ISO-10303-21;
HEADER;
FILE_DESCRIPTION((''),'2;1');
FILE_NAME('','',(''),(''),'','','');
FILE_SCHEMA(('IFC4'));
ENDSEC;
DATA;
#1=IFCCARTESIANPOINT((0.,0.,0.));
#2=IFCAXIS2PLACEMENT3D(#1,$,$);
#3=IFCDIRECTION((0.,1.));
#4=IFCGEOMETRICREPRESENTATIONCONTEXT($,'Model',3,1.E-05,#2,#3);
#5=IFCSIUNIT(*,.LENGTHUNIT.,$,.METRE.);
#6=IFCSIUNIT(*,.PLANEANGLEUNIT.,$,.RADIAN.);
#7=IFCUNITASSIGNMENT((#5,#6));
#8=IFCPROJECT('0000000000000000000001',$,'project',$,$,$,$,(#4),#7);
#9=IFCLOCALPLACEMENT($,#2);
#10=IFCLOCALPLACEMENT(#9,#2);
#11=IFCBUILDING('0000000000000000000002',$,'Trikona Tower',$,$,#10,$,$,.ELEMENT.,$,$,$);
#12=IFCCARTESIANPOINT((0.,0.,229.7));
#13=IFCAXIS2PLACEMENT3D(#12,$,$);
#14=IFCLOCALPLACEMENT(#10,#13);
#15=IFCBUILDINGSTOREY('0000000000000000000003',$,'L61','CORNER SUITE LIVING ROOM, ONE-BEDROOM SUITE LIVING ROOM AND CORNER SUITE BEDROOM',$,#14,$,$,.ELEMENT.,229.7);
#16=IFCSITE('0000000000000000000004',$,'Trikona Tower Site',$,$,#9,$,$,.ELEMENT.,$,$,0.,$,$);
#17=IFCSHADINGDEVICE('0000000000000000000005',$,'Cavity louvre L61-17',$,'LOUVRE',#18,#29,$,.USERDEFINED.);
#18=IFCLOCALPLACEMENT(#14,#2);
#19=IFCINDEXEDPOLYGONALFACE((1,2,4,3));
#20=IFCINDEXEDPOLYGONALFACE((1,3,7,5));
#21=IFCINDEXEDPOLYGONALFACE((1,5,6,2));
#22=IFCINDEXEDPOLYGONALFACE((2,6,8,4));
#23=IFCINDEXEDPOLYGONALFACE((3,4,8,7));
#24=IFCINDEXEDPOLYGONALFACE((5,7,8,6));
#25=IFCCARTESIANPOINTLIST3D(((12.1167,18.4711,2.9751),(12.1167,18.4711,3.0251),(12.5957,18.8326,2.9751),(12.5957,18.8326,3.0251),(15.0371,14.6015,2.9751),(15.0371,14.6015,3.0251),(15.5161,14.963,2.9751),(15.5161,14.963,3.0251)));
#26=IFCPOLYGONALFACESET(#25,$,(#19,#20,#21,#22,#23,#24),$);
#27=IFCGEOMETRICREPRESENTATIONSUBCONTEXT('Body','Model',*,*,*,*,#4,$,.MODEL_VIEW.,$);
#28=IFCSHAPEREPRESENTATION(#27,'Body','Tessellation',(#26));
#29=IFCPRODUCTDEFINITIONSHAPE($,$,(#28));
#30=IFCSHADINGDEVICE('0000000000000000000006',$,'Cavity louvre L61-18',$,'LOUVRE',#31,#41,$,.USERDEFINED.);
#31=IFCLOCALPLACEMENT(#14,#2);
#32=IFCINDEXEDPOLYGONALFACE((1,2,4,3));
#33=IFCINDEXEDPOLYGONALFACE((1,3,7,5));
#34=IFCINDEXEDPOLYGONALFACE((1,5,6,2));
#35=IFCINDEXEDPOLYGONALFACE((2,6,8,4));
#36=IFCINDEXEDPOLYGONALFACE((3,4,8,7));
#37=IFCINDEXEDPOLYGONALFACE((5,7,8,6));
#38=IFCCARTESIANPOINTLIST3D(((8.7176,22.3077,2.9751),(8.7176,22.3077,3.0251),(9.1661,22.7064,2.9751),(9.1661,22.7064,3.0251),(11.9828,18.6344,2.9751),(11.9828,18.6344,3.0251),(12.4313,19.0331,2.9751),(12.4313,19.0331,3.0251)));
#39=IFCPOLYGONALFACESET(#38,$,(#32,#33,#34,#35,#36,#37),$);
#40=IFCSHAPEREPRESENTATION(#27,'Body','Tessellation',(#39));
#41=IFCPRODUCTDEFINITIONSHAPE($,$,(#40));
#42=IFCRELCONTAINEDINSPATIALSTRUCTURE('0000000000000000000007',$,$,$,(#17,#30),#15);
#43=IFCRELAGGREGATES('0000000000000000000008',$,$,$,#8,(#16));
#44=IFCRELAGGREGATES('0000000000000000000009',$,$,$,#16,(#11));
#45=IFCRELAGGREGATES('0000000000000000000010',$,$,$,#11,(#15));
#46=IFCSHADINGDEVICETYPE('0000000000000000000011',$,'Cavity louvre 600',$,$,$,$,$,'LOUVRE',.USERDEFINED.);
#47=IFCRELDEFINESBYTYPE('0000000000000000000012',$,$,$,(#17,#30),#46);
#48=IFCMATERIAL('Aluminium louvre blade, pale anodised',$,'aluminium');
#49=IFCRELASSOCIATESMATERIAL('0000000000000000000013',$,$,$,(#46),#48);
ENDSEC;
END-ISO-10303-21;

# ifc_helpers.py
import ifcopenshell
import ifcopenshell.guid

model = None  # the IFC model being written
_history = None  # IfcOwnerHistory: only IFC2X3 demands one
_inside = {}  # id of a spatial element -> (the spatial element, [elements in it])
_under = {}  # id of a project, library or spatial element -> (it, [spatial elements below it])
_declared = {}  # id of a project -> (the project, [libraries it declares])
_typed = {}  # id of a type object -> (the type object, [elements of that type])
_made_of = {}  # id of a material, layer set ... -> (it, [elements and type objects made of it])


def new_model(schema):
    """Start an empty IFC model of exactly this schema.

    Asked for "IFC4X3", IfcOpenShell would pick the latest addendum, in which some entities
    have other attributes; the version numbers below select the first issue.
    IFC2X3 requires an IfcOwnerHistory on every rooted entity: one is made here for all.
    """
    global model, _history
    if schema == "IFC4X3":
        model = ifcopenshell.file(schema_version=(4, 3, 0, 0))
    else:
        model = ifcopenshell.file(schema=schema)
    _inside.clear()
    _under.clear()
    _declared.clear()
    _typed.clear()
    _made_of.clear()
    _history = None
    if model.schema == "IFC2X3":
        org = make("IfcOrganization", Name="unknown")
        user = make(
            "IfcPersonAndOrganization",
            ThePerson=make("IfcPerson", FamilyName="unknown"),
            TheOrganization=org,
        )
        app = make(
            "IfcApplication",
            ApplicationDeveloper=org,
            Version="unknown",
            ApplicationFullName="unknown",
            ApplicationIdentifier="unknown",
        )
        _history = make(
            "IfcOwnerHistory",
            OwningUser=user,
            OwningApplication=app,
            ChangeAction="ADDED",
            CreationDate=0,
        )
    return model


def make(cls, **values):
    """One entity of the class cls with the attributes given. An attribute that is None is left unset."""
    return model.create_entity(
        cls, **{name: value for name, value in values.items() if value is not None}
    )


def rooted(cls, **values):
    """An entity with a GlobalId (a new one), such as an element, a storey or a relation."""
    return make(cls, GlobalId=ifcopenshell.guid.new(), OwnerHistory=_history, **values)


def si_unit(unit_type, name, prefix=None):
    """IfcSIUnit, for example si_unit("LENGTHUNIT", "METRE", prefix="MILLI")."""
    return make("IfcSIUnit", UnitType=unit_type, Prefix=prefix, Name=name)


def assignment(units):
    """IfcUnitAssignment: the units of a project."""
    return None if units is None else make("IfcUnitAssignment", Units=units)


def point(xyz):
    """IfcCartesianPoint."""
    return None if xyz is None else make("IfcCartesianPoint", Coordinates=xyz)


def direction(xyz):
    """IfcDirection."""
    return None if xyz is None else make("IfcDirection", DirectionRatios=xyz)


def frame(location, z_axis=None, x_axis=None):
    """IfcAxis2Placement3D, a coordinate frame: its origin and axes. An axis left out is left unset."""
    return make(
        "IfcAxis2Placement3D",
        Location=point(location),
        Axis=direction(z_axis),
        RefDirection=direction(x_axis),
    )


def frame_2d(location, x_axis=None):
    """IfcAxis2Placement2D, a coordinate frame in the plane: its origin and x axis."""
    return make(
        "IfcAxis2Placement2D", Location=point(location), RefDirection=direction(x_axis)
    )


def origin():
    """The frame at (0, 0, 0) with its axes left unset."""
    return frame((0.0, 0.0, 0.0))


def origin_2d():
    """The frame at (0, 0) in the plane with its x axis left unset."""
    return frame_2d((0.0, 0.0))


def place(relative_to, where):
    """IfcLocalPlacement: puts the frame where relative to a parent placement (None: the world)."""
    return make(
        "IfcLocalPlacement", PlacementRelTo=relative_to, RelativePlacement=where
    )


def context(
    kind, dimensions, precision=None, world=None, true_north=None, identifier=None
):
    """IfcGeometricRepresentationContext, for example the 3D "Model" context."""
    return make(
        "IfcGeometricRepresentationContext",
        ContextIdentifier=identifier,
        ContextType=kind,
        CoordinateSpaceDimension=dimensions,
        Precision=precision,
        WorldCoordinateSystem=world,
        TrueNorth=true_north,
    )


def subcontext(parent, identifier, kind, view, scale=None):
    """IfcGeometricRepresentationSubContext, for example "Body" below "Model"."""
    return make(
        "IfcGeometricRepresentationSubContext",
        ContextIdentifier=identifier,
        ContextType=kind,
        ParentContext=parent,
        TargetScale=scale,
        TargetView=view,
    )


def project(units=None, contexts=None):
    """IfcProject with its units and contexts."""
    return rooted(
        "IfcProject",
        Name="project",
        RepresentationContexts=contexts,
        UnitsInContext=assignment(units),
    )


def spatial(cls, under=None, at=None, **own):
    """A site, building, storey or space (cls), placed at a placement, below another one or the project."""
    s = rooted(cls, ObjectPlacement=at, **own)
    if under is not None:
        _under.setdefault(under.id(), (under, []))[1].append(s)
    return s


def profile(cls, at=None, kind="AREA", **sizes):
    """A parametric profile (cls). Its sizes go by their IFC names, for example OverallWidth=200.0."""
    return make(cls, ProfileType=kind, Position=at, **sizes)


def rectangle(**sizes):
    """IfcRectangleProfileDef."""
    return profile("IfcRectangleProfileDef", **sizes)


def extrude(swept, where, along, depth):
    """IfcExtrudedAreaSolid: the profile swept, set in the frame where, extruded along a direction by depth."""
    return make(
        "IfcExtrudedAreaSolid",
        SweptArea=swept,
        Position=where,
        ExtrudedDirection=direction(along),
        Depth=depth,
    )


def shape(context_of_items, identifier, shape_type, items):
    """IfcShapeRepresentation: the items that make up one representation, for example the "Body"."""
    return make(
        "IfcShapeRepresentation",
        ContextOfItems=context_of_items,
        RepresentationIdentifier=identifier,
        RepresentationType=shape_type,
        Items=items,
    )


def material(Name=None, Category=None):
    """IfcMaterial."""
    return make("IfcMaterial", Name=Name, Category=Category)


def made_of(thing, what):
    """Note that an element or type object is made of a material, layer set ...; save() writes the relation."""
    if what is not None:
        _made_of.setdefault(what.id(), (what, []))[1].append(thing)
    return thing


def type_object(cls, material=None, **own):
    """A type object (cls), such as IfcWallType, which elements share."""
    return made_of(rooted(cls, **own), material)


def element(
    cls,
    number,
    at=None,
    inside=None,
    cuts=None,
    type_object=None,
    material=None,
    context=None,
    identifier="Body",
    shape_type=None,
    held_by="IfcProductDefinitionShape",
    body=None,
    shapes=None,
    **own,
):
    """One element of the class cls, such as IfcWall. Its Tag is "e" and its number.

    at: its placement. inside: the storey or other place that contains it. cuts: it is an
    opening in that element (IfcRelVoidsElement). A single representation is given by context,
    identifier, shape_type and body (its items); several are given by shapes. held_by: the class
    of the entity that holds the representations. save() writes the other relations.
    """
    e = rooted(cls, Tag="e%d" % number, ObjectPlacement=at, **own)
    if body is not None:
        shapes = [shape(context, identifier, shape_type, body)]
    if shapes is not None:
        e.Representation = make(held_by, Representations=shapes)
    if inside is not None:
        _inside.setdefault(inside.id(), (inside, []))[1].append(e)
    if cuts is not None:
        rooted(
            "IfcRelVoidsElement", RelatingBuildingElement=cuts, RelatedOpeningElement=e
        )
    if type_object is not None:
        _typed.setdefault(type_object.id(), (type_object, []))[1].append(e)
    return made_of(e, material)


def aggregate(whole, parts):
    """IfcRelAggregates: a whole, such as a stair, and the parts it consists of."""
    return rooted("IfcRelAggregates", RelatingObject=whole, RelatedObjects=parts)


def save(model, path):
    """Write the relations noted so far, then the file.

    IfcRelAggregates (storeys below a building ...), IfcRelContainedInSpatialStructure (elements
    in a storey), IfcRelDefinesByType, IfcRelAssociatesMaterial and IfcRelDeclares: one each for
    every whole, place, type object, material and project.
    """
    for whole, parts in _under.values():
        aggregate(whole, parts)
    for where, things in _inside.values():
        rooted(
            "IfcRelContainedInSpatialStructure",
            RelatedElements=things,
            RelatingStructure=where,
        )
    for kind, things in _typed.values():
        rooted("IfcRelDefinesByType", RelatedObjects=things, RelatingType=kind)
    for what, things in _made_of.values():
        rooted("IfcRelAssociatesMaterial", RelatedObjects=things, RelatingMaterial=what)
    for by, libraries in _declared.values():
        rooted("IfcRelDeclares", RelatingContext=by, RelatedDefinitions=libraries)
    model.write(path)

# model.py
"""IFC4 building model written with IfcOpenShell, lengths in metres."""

from ifc_helpers import new_model, si_unit, direction, frame, origin, origin_2d, place, context, subcontext, project, spatial, rectangle, extrude, material, type_object, element, save


model = new_model("IFC4")

# Units and contexts
model_context = context("Model", 3, precision=1e-05, world=origin(), true_north=direction((0.0, 1.0)))
body_context = subcontext(model_context, "Body", "Model", "MODEL_VIEW")
ifc_project = project(units=[si_unit("LENGTHUNIT", "METRE"), si_unit("PLANEANGLEUNIT", "RADIAN")], contexts=[model_context])

# Site, building, storey
site_placement = place(None, origin())
site = spatial("IfcSite", under=ifc_project, at=site_placement, Name="Trikona Tower Site", CompositionType="ELEMENT", RefElevation=0.0)
building_placement = place(site_placement, origin())
building = spatial("IfcBuilding", under=site, at=building_placement, Name="Trikona Tower", CompositionType="ELEMENT")
storey_placement = place(building_placement, frame((0.0, 0.0, 229.7)))
storey = spatial("IfcBuildingStorey", under=building, at=storey_placement, Name="L61", Description="CORNER SUITE LIVING ROOM, ONE-BEDROOM SUITE LIVING ROOM AND CORNER SUITE BEDROOM", CompositionType="ELEMENT", Elevation=229.7)

# Shading devices
ifc_material_1 = material(Name="Aluminium louvre blade, pale anodised", Category="aluminium")
shading_device_type = type_object("IfcShadingDeviceType", Name="Cavity louvre 600", ElementType="LOUVRE", PredefinedType="USERDEFINED", material=ifc_material_1)
shading_device_1_placement = place(storey_placement, frame((13.8164, 16.717, 2.9751), z_axis=(0.0, 0.0, 1.0), x_axis=(-0.602402, 0.798193, 0.0)))
element("IfcShadingDevice", 1, at=shading_device_1_placement, inside=storey, type_object=shading_device_type, Name="Cavity louvre L61-17", ObjectType="LOUVRE", PredefinedType="USERDEFINED", context=body_context, shape_type="SweptSolid", body=[
    extrude(rectangle(XDim=4.8479, YDim=0.6001, at=origin_2d()), origin(), (0.0, 0.0, 1.0), 0.05),
])
shading_device_2_placement = place(storey_placement, frame((10.5745, 20.6704, 2.9751), z_axis=(0.0, 0.0, 1.0), x_axis=(-0.664367, 0.747406, 0.0)))
element("IfcShadingDevice", 2, at=shading_device_2_placement, inside=storey, type_object=shading_device_type, Name="Cavity louvre L61-18", ObjectType="LOUVRE", PredefinedType="USERDEFINED", context=body_context, shape_type="SweptSolid", body=[
    extrude(rectangle(XDim=4.9148, YDim=0.6001, at=origin_2d()), origin(), (0.0, 0.0, 1.0), 0.05),
])

save(model, "model.ifc")
